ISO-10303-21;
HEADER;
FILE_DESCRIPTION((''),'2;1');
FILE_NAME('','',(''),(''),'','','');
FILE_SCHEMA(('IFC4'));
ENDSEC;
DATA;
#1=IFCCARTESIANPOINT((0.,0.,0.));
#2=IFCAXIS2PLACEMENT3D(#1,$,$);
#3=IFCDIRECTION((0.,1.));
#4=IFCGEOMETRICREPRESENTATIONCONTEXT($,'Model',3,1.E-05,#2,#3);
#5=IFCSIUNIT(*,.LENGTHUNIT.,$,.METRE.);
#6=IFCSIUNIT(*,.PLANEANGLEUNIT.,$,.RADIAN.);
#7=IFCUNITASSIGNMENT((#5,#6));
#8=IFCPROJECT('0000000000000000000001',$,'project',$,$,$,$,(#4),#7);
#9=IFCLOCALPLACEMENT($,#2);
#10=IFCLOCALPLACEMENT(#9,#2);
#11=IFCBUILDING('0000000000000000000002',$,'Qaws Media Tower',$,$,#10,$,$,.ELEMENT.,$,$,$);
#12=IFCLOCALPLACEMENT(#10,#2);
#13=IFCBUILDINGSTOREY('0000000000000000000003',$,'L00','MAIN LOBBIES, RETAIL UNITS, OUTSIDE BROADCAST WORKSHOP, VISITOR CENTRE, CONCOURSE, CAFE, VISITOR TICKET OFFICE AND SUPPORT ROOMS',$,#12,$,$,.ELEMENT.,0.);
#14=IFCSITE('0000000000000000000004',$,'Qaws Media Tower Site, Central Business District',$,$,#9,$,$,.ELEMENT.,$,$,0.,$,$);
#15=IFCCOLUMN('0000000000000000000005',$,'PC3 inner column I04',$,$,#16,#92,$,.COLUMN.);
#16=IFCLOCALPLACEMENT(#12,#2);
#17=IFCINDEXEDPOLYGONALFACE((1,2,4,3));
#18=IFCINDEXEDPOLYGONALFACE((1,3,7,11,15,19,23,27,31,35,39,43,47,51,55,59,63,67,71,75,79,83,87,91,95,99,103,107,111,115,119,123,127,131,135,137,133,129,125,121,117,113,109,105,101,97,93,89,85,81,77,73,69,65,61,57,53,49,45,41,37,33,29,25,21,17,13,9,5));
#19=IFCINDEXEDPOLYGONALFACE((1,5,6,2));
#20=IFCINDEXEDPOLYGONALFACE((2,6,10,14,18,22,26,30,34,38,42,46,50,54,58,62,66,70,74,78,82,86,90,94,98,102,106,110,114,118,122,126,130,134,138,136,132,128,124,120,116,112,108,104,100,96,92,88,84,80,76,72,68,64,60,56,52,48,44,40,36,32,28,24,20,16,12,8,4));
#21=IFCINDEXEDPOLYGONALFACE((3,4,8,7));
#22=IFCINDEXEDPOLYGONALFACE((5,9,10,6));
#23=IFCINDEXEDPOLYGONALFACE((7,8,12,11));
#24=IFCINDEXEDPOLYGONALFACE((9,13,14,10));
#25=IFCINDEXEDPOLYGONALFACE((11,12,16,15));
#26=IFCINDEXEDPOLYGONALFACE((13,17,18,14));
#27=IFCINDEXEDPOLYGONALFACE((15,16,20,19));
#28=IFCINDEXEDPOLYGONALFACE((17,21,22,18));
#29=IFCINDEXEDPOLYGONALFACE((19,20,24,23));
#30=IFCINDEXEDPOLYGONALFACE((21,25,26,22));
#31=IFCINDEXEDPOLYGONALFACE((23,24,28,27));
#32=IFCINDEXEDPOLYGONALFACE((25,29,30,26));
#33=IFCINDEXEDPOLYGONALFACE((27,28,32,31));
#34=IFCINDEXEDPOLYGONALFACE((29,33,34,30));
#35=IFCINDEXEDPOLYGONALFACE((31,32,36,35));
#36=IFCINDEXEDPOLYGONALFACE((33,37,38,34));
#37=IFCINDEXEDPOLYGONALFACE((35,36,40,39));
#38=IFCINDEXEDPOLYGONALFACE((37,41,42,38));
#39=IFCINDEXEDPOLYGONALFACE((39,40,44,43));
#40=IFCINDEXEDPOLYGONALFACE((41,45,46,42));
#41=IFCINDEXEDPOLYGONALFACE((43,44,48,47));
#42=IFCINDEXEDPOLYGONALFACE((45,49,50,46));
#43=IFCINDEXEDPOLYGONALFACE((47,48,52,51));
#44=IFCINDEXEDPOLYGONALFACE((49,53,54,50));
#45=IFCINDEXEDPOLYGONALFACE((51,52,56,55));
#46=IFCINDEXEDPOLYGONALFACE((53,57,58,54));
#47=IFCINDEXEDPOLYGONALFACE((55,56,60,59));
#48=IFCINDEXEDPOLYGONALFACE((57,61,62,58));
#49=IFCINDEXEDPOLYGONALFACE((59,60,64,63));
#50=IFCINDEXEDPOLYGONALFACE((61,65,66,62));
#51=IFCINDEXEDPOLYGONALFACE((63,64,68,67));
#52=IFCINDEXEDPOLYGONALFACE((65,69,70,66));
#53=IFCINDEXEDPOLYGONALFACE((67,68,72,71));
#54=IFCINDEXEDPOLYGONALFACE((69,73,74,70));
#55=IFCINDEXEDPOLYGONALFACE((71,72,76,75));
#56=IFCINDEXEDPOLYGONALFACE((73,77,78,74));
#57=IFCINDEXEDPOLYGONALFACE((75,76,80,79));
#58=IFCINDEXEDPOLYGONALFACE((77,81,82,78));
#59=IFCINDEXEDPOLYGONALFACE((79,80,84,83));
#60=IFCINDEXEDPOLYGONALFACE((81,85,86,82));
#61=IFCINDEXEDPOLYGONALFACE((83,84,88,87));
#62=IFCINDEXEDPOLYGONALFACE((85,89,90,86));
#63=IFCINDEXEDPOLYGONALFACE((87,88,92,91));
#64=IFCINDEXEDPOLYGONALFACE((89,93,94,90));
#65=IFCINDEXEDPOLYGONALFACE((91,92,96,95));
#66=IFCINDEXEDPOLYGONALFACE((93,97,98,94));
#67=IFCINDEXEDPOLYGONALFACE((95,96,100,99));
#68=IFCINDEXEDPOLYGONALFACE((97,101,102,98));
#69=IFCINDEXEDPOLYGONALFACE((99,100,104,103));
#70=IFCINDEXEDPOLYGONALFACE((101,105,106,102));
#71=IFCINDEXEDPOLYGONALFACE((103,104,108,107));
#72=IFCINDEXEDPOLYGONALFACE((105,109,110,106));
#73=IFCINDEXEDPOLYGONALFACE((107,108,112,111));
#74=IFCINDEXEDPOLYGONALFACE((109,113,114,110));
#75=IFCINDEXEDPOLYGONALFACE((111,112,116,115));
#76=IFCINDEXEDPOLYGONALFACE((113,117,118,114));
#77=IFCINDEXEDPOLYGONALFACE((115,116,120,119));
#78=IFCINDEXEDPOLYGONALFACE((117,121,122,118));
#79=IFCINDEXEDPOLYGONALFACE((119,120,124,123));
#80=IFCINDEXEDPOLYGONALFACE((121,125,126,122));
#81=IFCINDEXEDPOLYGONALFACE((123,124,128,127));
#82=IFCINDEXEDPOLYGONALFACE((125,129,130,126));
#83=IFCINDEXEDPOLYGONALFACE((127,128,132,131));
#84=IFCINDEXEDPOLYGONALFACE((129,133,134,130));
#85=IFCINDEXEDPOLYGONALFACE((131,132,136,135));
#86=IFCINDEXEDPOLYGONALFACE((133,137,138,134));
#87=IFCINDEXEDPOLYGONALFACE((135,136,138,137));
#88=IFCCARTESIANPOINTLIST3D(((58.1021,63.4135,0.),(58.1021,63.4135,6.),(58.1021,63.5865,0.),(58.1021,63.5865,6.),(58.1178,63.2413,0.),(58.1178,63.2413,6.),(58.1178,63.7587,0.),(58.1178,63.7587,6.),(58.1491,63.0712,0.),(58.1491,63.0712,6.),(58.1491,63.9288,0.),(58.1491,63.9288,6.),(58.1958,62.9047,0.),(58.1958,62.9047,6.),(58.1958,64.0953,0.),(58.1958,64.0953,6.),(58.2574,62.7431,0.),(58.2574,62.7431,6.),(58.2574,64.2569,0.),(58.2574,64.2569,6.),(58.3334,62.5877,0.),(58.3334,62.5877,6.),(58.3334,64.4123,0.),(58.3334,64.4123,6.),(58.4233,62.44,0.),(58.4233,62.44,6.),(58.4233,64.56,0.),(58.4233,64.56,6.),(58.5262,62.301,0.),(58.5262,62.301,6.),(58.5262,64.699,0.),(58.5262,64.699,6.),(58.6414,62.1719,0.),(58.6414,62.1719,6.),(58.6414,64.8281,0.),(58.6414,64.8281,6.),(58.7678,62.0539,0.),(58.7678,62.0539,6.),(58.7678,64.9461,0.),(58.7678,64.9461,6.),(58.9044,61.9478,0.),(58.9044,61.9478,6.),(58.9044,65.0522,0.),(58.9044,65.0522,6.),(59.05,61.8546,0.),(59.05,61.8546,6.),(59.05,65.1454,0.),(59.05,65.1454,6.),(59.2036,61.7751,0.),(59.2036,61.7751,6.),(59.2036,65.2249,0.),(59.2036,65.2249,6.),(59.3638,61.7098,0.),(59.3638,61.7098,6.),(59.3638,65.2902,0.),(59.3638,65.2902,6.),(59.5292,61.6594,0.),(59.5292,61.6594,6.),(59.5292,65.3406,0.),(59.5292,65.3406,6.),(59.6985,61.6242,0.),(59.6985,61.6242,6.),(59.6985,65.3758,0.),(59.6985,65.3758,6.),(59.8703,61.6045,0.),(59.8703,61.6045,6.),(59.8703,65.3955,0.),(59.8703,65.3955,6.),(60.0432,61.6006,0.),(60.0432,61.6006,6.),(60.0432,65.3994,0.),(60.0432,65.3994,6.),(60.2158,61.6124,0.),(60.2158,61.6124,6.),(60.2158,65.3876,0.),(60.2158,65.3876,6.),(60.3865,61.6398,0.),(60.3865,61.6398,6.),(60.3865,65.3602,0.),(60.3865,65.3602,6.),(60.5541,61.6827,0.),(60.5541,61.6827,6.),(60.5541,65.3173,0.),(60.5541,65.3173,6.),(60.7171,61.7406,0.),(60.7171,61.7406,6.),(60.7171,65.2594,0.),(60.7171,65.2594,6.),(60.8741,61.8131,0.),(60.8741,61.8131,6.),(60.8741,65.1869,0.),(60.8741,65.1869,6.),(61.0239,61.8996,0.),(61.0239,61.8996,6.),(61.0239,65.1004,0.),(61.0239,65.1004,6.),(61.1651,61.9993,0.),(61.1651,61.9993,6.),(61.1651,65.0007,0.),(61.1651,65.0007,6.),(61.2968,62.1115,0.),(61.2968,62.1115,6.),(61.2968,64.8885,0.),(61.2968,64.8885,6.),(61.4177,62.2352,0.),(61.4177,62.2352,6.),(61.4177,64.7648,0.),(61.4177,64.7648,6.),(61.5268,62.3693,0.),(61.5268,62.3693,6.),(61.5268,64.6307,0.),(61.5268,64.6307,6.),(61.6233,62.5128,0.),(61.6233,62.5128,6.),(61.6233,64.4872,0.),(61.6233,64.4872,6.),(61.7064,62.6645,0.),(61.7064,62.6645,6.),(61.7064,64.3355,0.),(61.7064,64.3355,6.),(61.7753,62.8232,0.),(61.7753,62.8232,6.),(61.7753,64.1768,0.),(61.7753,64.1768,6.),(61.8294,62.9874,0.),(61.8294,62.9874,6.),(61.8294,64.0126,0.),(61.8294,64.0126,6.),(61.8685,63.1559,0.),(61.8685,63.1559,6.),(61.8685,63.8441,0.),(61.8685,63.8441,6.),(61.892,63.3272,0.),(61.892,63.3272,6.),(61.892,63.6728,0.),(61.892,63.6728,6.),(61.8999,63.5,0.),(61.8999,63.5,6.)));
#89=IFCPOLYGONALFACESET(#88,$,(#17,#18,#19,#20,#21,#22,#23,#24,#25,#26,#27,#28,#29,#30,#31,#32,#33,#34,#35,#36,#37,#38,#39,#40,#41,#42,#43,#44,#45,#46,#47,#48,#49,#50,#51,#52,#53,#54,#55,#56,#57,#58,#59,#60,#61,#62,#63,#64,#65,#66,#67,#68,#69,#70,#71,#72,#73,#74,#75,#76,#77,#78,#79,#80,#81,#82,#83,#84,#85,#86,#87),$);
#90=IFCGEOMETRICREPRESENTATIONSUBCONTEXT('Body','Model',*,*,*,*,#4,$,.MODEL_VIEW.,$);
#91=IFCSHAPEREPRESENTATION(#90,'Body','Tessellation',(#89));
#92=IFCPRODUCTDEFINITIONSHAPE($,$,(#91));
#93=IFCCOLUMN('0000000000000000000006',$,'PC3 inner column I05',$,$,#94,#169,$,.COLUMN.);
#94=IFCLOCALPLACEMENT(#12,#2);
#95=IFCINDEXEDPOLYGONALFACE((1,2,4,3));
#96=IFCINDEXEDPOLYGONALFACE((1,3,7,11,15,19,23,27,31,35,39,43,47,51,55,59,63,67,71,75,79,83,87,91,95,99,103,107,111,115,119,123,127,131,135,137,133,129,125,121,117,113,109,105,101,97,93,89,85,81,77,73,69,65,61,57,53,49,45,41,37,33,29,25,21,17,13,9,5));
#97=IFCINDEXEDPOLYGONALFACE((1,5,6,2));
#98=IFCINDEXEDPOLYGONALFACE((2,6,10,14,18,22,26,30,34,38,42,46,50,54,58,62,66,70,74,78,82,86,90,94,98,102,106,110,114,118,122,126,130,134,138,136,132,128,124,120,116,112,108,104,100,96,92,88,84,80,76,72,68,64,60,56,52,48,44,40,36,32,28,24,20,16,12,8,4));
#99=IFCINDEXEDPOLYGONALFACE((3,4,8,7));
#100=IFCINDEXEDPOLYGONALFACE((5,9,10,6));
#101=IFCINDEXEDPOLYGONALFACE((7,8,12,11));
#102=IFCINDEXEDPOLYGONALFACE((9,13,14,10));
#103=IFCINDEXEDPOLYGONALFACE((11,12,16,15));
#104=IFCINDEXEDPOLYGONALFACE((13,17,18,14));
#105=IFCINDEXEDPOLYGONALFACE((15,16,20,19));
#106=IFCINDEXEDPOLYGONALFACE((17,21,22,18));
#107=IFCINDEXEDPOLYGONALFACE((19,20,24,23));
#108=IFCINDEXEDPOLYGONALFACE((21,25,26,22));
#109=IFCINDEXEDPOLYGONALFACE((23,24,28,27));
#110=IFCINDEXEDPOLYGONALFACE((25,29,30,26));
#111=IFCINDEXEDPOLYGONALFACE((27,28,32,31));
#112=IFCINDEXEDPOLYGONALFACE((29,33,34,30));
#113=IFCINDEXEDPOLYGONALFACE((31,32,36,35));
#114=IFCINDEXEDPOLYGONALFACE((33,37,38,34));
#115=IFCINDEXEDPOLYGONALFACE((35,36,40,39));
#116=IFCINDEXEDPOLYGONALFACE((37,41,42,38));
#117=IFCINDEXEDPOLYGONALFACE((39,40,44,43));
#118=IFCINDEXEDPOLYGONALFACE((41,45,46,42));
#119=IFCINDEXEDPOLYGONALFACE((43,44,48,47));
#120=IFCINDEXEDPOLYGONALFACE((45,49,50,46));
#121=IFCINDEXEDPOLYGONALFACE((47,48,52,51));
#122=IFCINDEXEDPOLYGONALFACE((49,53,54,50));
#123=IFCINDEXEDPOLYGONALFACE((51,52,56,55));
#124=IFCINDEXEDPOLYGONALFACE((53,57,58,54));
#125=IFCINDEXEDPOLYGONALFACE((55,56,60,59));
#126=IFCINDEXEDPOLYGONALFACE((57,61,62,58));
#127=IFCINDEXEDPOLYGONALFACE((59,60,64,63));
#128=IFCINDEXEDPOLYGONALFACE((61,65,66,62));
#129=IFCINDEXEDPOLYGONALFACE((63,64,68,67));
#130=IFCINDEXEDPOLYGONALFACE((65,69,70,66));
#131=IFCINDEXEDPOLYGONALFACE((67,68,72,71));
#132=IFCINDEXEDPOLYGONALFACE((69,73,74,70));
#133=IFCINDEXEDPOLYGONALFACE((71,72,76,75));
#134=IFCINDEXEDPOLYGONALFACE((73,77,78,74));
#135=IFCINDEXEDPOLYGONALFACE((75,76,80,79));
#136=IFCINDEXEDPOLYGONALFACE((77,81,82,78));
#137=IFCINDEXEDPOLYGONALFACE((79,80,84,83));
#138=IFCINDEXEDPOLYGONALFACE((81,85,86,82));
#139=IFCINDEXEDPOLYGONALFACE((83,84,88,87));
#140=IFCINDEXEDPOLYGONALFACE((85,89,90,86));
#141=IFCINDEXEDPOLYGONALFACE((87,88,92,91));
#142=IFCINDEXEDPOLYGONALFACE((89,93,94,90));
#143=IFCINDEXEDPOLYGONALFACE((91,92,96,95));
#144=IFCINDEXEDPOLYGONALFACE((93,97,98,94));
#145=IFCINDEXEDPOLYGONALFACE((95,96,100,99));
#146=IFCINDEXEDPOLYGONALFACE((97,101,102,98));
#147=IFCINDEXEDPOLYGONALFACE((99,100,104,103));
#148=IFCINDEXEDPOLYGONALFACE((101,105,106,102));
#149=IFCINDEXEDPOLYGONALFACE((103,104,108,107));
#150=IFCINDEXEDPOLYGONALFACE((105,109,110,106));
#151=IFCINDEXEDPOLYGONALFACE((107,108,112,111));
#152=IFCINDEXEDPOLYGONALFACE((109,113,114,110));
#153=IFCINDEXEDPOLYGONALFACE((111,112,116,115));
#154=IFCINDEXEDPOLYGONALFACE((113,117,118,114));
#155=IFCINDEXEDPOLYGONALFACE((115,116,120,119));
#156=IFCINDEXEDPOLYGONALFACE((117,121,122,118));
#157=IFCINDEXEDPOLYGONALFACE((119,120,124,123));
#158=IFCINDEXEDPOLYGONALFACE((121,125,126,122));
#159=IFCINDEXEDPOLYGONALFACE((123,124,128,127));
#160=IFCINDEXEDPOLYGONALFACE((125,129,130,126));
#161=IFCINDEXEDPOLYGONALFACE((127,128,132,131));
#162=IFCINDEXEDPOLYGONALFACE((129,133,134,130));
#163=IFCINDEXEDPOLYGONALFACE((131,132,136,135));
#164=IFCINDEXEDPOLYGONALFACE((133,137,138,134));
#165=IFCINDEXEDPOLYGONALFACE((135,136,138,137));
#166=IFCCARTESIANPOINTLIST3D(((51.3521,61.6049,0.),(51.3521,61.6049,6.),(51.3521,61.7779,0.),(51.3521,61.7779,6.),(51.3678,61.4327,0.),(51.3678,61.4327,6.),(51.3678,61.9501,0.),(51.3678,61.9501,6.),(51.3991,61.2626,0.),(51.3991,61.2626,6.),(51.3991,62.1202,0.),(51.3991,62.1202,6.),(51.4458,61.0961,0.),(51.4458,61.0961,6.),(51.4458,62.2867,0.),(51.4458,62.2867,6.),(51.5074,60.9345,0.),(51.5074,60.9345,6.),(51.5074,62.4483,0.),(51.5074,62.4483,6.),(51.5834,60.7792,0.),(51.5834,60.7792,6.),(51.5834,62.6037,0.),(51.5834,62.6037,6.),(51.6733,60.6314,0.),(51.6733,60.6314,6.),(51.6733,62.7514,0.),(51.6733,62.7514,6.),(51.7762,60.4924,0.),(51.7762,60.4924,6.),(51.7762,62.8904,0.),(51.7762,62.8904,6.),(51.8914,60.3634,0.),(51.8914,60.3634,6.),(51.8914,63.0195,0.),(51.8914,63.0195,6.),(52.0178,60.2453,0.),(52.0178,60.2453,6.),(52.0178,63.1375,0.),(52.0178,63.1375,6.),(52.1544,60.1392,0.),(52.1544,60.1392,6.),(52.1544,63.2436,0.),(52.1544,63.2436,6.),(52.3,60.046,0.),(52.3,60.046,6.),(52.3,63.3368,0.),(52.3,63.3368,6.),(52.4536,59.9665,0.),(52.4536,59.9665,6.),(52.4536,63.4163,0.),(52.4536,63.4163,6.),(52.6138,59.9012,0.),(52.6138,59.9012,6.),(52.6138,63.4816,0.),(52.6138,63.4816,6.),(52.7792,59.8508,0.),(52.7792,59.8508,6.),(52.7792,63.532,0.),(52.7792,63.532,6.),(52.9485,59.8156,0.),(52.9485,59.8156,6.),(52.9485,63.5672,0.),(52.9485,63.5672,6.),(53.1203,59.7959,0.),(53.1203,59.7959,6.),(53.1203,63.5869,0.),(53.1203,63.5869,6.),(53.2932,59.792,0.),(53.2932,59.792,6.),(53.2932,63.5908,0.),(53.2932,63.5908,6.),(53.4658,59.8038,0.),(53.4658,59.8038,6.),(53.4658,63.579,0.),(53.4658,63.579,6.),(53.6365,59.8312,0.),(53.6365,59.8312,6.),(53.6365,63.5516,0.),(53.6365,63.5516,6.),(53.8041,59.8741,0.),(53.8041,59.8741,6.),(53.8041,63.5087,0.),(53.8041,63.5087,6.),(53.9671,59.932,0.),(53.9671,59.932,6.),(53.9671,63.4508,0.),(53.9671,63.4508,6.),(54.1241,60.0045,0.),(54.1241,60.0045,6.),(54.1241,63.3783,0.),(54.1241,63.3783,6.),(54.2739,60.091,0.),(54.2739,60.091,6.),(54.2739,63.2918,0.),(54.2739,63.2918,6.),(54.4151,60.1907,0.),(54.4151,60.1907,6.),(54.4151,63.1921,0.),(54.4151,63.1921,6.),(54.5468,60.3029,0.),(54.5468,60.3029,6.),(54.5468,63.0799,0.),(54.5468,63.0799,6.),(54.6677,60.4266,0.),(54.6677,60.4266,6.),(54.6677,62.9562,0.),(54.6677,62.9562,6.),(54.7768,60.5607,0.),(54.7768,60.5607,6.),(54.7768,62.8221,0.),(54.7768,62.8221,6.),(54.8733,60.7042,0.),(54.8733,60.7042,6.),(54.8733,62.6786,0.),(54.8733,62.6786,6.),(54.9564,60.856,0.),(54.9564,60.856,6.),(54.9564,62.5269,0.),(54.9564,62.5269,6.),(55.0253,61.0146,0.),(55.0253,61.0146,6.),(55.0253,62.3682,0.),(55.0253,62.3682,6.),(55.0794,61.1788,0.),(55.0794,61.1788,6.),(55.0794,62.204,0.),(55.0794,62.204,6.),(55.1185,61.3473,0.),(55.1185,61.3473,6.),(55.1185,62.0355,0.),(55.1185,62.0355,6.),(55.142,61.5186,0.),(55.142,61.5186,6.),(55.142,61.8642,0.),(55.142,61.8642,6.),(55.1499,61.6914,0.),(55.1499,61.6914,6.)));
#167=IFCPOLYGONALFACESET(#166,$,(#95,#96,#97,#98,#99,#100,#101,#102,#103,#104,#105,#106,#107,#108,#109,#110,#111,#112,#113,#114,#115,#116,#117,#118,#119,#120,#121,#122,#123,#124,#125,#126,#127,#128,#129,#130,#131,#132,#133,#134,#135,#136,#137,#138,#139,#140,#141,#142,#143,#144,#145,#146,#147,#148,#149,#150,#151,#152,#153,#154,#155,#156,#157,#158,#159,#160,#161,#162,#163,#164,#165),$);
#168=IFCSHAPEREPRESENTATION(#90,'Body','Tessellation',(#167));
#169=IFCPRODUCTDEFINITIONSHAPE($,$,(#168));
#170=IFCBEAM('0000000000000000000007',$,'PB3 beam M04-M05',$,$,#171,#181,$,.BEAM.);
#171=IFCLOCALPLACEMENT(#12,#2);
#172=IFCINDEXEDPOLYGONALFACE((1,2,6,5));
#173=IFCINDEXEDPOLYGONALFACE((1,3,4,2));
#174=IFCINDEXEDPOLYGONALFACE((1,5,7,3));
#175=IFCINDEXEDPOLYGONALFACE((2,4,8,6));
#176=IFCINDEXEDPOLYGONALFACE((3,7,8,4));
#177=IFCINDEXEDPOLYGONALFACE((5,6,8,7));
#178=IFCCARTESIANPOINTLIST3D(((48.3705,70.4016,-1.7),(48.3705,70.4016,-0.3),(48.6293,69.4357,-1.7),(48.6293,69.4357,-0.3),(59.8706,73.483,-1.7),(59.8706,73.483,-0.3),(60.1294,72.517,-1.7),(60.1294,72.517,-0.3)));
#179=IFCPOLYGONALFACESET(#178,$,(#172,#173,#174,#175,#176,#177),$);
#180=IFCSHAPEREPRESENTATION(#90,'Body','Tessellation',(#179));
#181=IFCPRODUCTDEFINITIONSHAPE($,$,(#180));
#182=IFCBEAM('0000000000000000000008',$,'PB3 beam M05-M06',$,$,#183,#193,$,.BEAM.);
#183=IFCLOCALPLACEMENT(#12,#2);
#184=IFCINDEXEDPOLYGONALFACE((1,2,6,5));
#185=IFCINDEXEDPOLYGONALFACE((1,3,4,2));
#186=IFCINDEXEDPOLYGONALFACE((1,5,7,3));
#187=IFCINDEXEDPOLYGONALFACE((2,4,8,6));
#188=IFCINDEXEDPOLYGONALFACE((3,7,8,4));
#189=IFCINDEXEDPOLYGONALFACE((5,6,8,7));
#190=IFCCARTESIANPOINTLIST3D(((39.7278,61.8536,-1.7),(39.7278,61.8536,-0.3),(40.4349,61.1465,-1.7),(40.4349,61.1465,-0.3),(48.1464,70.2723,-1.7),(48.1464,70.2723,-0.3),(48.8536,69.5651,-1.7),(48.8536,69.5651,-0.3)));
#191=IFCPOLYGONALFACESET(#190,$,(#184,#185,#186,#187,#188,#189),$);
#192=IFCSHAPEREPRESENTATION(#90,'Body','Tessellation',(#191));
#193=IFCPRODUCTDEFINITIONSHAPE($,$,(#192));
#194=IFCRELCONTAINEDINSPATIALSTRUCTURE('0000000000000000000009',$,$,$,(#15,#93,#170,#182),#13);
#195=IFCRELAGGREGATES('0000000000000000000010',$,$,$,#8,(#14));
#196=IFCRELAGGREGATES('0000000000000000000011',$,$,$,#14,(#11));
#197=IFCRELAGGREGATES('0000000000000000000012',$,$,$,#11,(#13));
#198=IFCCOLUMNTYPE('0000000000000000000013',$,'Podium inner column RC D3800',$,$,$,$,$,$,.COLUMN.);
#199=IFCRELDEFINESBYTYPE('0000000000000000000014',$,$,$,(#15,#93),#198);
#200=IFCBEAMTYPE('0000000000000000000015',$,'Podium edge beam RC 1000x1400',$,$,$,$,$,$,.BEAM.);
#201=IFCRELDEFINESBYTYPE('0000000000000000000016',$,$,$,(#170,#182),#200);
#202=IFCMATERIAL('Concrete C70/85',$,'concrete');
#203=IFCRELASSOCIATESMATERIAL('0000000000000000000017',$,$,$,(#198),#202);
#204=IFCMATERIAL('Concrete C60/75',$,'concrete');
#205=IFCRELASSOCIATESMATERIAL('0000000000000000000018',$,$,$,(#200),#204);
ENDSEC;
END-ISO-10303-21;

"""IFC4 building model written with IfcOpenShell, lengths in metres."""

from ifc_helpers import new_model, si_unit, direction, frame, origin, origin_2d, place, context, subcontext, project, spatial, rectangle, circle, extrude, material, material_profile, profile_set, type_object, element, save


model = new_model("IFC4")

# Units and contexts
model_context = context("Model", 3, precision=1e-05, world=origin(), true_north=direction((0.0, 1.0)))
body_context = subcontext(model_context, "Body", "Model", "MODEL_VIEW")
ifc_project = project(units=[si_unit("LENGTHUNIT", "METRE"), si_unit("PLANEANGLEUNIT", "RADIAN")], contexts=[model_context])

# Site, building, storey
site_placement = place(None, origin())
site = spatial("IfcSite", under=ifc_project, at=site_placement, Name="Qaws Media Tower Site, Central Business District", CompositionType="ELEMENT", RefElevation=0.0)
building_placement = place(site_placement, origin())
building = spatial("IfcBuilding", under=site, at=building_placement, Name="Qaws Media Tower", CompositionType="ELEMENT")
storey_placement = place(building_placement, origin())
storey = spatial("IfcBuildingStorey", under=building, at=storey_placement, Name="L00", Description="MAIN LOBBIES, RETAIL UNITS, OUTSIDE BROADCAST WORKSHOP, VISITOR CENTRE, CONCOURSE, CAFE, VISITOR TICKET OFFICE AND SUPPORT ROOMS", CompositionType="ELEMENT", Elevation=0.0)

# Columns
ifc_material_1 = material(Name="Concrete C70/85", Category="concrete")
ifc_material_profile_1 = material_profile(ifc_material_1, circle(Radius=1.8999, at=origin_2d()), Name="RC D3800")
ifc_profile_set_1 = profile_set([ifc_material_profile_1], Name="Concrete C70/85")
column_type_1 = type_object("IfcColumnType", Name="Podium inner column RC D3800", PredefinedType="COLUMN", material=ifc_profile_set_1)
for number, where, z_axis, x_axis, name in (
    (1, (60.0, 63.5, 0.0), (0.0, 0.0, 1.0), (1.0, 0.0, 0.0), "PC3 inner column I04"),
    (2, (53.25, 61.6914, 0.0), (0.0, 0.0, 1.0), (1.0, 0.0, 0.0), "PC3 inner column I05"),
):
    element("IfcColumn", number, at=place(storey_placement, frame(where, z_axis=z_axis, x_axis=x_axis)), inside=storey, type_object=column_type_1, Name=name, PredefinedType="COLUMN", context=body_context, shape_type="SweptSolid", body=[
        extrude(circle(Radius=1.8999, at=origin_2d()), origin(), (0.0, 0.0, 1.0), 6.0),
    ])

# Beams
ifc_material_2 = material(Name="Concrete C60/75", Category="concrete")
ifc_material_profile_2 = material_profile(ifc_material_2, rectangle(XDim=1.0, YDim=1.3999, at=origin_2d()), Name="RC 1000x1400")
ifc_profile_set_2 = profile_set([ifc_material_profile_2], Name="Concrete C60/75")
beam_type_1 = type_object("IfcBeamType", Name="Podium edge beam RC 1000x1400", PredefinedType="BEAM", material=ifc_profile_set_2)
for number, where, z_axis, x_axis, name in (
    (3, (60.0, 73.0, -1.0), (-0.965928, -0.25881, 0.0), (0.25881, -0.965928, 0.0), "PB3 beam M04-M05"),
    (4, (48.5, 69.9187, -1.0), (-0.707107, -0.707107, 0.0), (0.707107, -0.707107, 0.0), "PB3 beam M05-M06"),
):
    element("IfcBeam", number, at=place(storey_placement, frame(where, z_axis=z_axis, x_axis=x_axis)), inside=storey, type_object=beam_type_1, Name=name, PredefinedType="BEAM", context=body_context, shape_type="SweptSolid", body=[
        extrude(rectangle(XDim=1.0, YDim=1.3999, at=origin_2d()), origin(), (0.0, 0.0, 1.0), 11.9058),
    ])

save(model, "model.ifc")
